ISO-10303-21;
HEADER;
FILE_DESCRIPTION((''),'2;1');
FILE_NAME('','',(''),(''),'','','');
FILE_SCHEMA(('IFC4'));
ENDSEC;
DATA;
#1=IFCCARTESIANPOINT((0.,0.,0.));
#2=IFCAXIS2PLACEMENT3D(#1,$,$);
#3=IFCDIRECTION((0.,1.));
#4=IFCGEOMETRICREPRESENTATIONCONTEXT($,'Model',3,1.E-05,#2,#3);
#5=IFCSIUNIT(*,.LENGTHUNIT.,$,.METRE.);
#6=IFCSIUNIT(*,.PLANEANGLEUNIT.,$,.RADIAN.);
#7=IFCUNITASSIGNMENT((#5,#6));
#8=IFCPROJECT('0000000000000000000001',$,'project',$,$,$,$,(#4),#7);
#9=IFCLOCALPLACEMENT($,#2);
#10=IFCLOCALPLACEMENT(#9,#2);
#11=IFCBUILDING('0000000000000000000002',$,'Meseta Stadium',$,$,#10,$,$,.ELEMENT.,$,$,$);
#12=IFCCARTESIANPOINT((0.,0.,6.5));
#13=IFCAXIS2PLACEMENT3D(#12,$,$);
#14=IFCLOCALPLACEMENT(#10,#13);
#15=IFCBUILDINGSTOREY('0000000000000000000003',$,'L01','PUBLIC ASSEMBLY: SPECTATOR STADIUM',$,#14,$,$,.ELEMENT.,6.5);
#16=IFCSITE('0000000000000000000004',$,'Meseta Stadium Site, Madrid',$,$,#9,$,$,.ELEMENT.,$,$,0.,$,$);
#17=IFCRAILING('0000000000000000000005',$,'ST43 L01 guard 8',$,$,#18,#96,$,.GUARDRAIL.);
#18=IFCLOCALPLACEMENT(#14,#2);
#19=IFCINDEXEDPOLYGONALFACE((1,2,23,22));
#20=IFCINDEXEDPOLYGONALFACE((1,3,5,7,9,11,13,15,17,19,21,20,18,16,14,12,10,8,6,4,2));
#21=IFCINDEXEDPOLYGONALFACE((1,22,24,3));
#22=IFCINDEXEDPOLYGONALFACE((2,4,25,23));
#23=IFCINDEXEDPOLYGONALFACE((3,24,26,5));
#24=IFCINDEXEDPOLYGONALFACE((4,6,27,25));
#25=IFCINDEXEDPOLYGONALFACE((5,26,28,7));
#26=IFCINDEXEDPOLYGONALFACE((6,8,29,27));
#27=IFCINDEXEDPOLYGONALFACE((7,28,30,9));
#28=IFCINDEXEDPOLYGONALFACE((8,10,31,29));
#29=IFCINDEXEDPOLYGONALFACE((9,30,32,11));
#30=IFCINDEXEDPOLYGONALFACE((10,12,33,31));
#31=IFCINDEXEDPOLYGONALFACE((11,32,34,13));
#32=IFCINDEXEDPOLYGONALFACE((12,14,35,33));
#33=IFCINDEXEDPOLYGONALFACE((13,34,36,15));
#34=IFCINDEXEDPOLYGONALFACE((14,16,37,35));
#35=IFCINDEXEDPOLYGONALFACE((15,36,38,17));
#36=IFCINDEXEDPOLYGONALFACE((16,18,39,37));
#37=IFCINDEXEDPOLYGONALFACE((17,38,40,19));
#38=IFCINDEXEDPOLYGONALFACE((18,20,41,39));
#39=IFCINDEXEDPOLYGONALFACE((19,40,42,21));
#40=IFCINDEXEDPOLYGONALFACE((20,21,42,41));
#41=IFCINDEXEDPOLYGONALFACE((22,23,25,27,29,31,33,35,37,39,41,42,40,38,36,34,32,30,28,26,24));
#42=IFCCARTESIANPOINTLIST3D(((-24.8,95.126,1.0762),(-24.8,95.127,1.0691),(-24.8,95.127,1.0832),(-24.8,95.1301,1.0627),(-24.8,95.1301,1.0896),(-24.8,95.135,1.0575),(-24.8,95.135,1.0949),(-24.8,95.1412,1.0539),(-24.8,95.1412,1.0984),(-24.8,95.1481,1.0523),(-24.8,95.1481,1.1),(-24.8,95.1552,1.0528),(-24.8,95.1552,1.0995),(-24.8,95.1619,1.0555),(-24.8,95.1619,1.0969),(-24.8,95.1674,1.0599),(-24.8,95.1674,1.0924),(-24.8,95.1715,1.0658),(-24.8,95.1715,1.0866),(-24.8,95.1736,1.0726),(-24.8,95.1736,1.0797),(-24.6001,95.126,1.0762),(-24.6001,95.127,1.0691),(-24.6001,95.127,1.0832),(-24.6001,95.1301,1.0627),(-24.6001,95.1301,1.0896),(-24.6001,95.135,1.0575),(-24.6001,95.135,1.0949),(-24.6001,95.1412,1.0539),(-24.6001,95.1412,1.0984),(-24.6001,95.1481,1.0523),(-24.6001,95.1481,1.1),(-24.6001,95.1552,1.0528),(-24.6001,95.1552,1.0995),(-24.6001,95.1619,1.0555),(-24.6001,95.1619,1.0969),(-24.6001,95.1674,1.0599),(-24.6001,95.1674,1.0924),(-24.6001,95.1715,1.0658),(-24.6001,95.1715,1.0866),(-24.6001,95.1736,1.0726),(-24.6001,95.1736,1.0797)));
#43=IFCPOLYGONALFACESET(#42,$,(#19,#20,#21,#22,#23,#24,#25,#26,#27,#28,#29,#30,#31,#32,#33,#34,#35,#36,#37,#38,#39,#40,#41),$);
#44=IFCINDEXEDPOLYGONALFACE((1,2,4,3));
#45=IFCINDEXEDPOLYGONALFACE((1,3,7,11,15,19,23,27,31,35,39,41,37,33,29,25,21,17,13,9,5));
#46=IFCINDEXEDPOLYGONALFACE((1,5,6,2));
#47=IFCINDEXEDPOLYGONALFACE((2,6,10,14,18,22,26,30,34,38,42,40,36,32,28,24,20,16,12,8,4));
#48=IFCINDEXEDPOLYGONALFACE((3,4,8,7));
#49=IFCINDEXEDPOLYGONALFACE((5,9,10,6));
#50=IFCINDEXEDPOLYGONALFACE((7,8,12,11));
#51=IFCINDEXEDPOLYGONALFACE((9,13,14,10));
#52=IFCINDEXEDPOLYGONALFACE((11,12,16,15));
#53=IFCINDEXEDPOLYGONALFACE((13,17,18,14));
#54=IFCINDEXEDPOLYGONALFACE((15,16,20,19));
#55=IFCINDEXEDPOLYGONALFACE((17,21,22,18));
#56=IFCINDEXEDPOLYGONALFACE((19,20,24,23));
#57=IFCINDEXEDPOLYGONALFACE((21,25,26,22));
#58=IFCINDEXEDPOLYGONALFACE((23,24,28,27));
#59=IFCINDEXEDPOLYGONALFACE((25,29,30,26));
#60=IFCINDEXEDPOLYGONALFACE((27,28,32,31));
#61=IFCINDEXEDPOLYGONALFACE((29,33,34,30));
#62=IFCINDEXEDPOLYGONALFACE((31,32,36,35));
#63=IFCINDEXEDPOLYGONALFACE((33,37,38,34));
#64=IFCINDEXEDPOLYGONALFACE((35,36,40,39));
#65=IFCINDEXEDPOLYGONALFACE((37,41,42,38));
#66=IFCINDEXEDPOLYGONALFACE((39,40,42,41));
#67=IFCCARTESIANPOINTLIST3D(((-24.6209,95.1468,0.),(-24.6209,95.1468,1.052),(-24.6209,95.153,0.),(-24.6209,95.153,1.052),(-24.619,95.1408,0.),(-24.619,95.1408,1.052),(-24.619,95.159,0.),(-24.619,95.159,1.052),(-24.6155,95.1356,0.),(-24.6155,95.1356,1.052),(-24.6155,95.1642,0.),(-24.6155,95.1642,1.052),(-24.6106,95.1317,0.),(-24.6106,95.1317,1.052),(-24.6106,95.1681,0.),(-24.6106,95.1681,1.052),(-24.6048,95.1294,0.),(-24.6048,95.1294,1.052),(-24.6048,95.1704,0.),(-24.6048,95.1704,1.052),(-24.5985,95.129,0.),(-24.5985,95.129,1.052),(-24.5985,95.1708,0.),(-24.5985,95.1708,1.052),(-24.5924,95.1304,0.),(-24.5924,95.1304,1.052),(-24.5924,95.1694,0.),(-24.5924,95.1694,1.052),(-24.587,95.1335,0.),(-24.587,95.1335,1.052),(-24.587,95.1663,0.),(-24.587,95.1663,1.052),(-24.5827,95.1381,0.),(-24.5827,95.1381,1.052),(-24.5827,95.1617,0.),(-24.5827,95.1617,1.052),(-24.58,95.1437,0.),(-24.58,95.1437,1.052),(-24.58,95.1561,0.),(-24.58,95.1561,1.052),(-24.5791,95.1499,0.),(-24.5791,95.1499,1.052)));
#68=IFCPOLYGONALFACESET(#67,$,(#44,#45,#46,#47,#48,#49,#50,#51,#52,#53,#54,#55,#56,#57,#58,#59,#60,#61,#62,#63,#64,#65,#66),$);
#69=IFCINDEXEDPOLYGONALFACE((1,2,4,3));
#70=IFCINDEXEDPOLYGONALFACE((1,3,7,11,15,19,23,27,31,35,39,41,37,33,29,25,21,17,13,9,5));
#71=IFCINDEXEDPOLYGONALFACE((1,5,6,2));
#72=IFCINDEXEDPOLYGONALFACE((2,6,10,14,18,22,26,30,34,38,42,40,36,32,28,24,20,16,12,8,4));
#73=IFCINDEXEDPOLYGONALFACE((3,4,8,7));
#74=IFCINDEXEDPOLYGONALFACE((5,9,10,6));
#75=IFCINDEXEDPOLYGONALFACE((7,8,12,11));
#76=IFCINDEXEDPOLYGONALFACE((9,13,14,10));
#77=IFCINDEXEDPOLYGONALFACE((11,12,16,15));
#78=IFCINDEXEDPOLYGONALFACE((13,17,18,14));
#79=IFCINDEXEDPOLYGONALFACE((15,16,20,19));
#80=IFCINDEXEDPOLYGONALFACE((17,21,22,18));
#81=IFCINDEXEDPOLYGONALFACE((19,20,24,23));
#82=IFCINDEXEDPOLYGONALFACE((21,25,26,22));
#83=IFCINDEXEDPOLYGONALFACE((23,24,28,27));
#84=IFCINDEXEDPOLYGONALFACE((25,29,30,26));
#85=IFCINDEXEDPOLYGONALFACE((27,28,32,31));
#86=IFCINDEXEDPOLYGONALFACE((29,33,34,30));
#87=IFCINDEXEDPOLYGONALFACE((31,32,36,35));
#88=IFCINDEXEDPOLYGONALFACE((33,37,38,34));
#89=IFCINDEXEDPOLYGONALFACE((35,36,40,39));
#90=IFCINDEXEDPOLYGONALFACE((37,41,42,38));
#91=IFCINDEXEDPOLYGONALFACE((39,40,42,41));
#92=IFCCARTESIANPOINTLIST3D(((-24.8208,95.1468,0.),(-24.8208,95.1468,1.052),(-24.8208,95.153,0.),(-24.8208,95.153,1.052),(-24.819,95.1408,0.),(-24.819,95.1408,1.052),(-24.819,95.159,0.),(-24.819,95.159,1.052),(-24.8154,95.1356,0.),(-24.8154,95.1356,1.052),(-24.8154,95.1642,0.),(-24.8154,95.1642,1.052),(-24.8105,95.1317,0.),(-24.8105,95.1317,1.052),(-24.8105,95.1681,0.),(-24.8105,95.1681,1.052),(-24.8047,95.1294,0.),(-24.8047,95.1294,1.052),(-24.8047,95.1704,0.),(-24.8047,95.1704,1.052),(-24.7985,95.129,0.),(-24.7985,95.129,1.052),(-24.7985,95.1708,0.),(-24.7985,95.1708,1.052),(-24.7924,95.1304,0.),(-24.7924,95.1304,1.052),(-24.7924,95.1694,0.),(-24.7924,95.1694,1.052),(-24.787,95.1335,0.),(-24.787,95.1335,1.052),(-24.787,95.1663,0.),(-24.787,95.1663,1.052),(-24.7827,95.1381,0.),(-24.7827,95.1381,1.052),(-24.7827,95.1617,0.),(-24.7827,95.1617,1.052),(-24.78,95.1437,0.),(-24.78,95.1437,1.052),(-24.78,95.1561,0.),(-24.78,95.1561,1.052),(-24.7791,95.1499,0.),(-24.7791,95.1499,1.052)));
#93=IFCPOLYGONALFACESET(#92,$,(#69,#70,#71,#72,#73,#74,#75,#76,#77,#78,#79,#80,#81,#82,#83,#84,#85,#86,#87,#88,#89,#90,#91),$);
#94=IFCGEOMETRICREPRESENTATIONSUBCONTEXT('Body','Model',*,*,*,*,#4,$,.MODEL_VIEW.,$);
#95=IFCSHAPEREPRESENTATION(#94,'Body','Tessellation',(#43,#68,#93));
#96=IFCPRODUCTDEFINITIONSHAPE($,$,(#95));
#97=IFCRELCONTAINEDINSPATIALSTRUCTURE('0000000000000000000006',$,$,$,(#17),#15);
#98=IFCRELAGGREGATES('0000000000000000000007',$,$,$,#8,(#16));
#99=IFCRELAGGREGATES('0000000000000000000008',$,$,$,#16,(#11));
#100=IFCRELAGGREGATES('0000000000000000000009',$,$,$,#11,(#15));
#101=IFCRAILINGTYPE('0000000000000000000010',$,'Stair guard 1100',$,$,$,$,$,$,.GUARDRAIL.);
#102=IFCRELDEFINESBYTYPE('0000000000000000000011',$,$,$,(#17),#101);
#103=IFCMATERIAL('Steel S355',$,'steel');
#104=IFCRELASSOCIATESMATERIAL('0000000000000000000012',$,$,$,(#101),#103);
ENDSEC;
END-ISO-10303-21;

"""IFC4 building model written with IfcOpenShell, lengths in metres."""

from ifc_helpers import new_model, si_unit, direction, frame, origin, origin_2d, place, context, subcontext, project, spatial, circle, extrude, material, type_object, element, save


model = new_model("IFC4")

# Units and contexts
model_context = context("Model", 3, precision=1e-05, world=origin(), true_north=direction((0.0, 1.0)))
body_context = subcontext(model_context, "Body", "Model", "MODEL_VIEW")
ifc_project = project(units=[si_unit("LENGTHUNIT", "METRE"), si_unit("PLANEANGLEUNIT", "RADIAN")], contexts=[model_context])

# Site, building, storey
site_placement = place(None, origin())
site = spatial("IfcSite", under=ifc_project, at=site_placement, Name="Meseta Stadium Site, Madrid", CompositionType="ELEMENT", RefElevation=0.0)
building_placement = place(site_placement, origin())
building = spatial("IfcBuilding", under=site, at=building_placement, Name="Meseta Stadium", CompositionType="ELEMENT")
storey_placement = place(building_placement, frame((0.0, 0.0, 6.5)))
storey = spatial("IfcBuildingStorey", under=building, at=storey_placement, Name="L01", Description="PUBLIC ASSEMBLY: SPECTATOR STADIUM", CompositionType="ELEMENT", Elevation=6.5)

# Railing
ifc_material_1 = material(Name="Steel S355", Category="steel")
railing_type_1 = type_object("IfcRailingType", Name="Stair guard 1100", PredefinedType="GUARDRAIL", material=ifc_material_1)
railing_1_placement = place(storey_placement, frame((-24.6001, 95.1499, 0.0)))
element("IfcRailing", 1, at=railing_1_placement, inside=storey, type_object=railing_type_1, Name="ST43 L01 guard 8", PredefinedType="GUARDRAIL", context=body_context, shape_type="SweptSolid", body=[
    extrude(circle(Radius=0.0239, at=origin_2d()), frame((0.0, 0.0, 1.0762), z_axis=(-1.0, 0.0, 0.0), x_axis=(0.0, -1.0, 0.0)), (0.0, 0.0, 1.0), 0.2),
    extrude(circle(Radius=0.021, at=origin_2d()), origin(), (0.0, 0.0, 1.0), 1.052),
    extrude(circle(Radius=0.021, at=origin_2d()), frame((-0.2, 0.0, 0.0)), (0.0, 0.0, 1.0), 1.052),
])

save(model, "model.ifc")
